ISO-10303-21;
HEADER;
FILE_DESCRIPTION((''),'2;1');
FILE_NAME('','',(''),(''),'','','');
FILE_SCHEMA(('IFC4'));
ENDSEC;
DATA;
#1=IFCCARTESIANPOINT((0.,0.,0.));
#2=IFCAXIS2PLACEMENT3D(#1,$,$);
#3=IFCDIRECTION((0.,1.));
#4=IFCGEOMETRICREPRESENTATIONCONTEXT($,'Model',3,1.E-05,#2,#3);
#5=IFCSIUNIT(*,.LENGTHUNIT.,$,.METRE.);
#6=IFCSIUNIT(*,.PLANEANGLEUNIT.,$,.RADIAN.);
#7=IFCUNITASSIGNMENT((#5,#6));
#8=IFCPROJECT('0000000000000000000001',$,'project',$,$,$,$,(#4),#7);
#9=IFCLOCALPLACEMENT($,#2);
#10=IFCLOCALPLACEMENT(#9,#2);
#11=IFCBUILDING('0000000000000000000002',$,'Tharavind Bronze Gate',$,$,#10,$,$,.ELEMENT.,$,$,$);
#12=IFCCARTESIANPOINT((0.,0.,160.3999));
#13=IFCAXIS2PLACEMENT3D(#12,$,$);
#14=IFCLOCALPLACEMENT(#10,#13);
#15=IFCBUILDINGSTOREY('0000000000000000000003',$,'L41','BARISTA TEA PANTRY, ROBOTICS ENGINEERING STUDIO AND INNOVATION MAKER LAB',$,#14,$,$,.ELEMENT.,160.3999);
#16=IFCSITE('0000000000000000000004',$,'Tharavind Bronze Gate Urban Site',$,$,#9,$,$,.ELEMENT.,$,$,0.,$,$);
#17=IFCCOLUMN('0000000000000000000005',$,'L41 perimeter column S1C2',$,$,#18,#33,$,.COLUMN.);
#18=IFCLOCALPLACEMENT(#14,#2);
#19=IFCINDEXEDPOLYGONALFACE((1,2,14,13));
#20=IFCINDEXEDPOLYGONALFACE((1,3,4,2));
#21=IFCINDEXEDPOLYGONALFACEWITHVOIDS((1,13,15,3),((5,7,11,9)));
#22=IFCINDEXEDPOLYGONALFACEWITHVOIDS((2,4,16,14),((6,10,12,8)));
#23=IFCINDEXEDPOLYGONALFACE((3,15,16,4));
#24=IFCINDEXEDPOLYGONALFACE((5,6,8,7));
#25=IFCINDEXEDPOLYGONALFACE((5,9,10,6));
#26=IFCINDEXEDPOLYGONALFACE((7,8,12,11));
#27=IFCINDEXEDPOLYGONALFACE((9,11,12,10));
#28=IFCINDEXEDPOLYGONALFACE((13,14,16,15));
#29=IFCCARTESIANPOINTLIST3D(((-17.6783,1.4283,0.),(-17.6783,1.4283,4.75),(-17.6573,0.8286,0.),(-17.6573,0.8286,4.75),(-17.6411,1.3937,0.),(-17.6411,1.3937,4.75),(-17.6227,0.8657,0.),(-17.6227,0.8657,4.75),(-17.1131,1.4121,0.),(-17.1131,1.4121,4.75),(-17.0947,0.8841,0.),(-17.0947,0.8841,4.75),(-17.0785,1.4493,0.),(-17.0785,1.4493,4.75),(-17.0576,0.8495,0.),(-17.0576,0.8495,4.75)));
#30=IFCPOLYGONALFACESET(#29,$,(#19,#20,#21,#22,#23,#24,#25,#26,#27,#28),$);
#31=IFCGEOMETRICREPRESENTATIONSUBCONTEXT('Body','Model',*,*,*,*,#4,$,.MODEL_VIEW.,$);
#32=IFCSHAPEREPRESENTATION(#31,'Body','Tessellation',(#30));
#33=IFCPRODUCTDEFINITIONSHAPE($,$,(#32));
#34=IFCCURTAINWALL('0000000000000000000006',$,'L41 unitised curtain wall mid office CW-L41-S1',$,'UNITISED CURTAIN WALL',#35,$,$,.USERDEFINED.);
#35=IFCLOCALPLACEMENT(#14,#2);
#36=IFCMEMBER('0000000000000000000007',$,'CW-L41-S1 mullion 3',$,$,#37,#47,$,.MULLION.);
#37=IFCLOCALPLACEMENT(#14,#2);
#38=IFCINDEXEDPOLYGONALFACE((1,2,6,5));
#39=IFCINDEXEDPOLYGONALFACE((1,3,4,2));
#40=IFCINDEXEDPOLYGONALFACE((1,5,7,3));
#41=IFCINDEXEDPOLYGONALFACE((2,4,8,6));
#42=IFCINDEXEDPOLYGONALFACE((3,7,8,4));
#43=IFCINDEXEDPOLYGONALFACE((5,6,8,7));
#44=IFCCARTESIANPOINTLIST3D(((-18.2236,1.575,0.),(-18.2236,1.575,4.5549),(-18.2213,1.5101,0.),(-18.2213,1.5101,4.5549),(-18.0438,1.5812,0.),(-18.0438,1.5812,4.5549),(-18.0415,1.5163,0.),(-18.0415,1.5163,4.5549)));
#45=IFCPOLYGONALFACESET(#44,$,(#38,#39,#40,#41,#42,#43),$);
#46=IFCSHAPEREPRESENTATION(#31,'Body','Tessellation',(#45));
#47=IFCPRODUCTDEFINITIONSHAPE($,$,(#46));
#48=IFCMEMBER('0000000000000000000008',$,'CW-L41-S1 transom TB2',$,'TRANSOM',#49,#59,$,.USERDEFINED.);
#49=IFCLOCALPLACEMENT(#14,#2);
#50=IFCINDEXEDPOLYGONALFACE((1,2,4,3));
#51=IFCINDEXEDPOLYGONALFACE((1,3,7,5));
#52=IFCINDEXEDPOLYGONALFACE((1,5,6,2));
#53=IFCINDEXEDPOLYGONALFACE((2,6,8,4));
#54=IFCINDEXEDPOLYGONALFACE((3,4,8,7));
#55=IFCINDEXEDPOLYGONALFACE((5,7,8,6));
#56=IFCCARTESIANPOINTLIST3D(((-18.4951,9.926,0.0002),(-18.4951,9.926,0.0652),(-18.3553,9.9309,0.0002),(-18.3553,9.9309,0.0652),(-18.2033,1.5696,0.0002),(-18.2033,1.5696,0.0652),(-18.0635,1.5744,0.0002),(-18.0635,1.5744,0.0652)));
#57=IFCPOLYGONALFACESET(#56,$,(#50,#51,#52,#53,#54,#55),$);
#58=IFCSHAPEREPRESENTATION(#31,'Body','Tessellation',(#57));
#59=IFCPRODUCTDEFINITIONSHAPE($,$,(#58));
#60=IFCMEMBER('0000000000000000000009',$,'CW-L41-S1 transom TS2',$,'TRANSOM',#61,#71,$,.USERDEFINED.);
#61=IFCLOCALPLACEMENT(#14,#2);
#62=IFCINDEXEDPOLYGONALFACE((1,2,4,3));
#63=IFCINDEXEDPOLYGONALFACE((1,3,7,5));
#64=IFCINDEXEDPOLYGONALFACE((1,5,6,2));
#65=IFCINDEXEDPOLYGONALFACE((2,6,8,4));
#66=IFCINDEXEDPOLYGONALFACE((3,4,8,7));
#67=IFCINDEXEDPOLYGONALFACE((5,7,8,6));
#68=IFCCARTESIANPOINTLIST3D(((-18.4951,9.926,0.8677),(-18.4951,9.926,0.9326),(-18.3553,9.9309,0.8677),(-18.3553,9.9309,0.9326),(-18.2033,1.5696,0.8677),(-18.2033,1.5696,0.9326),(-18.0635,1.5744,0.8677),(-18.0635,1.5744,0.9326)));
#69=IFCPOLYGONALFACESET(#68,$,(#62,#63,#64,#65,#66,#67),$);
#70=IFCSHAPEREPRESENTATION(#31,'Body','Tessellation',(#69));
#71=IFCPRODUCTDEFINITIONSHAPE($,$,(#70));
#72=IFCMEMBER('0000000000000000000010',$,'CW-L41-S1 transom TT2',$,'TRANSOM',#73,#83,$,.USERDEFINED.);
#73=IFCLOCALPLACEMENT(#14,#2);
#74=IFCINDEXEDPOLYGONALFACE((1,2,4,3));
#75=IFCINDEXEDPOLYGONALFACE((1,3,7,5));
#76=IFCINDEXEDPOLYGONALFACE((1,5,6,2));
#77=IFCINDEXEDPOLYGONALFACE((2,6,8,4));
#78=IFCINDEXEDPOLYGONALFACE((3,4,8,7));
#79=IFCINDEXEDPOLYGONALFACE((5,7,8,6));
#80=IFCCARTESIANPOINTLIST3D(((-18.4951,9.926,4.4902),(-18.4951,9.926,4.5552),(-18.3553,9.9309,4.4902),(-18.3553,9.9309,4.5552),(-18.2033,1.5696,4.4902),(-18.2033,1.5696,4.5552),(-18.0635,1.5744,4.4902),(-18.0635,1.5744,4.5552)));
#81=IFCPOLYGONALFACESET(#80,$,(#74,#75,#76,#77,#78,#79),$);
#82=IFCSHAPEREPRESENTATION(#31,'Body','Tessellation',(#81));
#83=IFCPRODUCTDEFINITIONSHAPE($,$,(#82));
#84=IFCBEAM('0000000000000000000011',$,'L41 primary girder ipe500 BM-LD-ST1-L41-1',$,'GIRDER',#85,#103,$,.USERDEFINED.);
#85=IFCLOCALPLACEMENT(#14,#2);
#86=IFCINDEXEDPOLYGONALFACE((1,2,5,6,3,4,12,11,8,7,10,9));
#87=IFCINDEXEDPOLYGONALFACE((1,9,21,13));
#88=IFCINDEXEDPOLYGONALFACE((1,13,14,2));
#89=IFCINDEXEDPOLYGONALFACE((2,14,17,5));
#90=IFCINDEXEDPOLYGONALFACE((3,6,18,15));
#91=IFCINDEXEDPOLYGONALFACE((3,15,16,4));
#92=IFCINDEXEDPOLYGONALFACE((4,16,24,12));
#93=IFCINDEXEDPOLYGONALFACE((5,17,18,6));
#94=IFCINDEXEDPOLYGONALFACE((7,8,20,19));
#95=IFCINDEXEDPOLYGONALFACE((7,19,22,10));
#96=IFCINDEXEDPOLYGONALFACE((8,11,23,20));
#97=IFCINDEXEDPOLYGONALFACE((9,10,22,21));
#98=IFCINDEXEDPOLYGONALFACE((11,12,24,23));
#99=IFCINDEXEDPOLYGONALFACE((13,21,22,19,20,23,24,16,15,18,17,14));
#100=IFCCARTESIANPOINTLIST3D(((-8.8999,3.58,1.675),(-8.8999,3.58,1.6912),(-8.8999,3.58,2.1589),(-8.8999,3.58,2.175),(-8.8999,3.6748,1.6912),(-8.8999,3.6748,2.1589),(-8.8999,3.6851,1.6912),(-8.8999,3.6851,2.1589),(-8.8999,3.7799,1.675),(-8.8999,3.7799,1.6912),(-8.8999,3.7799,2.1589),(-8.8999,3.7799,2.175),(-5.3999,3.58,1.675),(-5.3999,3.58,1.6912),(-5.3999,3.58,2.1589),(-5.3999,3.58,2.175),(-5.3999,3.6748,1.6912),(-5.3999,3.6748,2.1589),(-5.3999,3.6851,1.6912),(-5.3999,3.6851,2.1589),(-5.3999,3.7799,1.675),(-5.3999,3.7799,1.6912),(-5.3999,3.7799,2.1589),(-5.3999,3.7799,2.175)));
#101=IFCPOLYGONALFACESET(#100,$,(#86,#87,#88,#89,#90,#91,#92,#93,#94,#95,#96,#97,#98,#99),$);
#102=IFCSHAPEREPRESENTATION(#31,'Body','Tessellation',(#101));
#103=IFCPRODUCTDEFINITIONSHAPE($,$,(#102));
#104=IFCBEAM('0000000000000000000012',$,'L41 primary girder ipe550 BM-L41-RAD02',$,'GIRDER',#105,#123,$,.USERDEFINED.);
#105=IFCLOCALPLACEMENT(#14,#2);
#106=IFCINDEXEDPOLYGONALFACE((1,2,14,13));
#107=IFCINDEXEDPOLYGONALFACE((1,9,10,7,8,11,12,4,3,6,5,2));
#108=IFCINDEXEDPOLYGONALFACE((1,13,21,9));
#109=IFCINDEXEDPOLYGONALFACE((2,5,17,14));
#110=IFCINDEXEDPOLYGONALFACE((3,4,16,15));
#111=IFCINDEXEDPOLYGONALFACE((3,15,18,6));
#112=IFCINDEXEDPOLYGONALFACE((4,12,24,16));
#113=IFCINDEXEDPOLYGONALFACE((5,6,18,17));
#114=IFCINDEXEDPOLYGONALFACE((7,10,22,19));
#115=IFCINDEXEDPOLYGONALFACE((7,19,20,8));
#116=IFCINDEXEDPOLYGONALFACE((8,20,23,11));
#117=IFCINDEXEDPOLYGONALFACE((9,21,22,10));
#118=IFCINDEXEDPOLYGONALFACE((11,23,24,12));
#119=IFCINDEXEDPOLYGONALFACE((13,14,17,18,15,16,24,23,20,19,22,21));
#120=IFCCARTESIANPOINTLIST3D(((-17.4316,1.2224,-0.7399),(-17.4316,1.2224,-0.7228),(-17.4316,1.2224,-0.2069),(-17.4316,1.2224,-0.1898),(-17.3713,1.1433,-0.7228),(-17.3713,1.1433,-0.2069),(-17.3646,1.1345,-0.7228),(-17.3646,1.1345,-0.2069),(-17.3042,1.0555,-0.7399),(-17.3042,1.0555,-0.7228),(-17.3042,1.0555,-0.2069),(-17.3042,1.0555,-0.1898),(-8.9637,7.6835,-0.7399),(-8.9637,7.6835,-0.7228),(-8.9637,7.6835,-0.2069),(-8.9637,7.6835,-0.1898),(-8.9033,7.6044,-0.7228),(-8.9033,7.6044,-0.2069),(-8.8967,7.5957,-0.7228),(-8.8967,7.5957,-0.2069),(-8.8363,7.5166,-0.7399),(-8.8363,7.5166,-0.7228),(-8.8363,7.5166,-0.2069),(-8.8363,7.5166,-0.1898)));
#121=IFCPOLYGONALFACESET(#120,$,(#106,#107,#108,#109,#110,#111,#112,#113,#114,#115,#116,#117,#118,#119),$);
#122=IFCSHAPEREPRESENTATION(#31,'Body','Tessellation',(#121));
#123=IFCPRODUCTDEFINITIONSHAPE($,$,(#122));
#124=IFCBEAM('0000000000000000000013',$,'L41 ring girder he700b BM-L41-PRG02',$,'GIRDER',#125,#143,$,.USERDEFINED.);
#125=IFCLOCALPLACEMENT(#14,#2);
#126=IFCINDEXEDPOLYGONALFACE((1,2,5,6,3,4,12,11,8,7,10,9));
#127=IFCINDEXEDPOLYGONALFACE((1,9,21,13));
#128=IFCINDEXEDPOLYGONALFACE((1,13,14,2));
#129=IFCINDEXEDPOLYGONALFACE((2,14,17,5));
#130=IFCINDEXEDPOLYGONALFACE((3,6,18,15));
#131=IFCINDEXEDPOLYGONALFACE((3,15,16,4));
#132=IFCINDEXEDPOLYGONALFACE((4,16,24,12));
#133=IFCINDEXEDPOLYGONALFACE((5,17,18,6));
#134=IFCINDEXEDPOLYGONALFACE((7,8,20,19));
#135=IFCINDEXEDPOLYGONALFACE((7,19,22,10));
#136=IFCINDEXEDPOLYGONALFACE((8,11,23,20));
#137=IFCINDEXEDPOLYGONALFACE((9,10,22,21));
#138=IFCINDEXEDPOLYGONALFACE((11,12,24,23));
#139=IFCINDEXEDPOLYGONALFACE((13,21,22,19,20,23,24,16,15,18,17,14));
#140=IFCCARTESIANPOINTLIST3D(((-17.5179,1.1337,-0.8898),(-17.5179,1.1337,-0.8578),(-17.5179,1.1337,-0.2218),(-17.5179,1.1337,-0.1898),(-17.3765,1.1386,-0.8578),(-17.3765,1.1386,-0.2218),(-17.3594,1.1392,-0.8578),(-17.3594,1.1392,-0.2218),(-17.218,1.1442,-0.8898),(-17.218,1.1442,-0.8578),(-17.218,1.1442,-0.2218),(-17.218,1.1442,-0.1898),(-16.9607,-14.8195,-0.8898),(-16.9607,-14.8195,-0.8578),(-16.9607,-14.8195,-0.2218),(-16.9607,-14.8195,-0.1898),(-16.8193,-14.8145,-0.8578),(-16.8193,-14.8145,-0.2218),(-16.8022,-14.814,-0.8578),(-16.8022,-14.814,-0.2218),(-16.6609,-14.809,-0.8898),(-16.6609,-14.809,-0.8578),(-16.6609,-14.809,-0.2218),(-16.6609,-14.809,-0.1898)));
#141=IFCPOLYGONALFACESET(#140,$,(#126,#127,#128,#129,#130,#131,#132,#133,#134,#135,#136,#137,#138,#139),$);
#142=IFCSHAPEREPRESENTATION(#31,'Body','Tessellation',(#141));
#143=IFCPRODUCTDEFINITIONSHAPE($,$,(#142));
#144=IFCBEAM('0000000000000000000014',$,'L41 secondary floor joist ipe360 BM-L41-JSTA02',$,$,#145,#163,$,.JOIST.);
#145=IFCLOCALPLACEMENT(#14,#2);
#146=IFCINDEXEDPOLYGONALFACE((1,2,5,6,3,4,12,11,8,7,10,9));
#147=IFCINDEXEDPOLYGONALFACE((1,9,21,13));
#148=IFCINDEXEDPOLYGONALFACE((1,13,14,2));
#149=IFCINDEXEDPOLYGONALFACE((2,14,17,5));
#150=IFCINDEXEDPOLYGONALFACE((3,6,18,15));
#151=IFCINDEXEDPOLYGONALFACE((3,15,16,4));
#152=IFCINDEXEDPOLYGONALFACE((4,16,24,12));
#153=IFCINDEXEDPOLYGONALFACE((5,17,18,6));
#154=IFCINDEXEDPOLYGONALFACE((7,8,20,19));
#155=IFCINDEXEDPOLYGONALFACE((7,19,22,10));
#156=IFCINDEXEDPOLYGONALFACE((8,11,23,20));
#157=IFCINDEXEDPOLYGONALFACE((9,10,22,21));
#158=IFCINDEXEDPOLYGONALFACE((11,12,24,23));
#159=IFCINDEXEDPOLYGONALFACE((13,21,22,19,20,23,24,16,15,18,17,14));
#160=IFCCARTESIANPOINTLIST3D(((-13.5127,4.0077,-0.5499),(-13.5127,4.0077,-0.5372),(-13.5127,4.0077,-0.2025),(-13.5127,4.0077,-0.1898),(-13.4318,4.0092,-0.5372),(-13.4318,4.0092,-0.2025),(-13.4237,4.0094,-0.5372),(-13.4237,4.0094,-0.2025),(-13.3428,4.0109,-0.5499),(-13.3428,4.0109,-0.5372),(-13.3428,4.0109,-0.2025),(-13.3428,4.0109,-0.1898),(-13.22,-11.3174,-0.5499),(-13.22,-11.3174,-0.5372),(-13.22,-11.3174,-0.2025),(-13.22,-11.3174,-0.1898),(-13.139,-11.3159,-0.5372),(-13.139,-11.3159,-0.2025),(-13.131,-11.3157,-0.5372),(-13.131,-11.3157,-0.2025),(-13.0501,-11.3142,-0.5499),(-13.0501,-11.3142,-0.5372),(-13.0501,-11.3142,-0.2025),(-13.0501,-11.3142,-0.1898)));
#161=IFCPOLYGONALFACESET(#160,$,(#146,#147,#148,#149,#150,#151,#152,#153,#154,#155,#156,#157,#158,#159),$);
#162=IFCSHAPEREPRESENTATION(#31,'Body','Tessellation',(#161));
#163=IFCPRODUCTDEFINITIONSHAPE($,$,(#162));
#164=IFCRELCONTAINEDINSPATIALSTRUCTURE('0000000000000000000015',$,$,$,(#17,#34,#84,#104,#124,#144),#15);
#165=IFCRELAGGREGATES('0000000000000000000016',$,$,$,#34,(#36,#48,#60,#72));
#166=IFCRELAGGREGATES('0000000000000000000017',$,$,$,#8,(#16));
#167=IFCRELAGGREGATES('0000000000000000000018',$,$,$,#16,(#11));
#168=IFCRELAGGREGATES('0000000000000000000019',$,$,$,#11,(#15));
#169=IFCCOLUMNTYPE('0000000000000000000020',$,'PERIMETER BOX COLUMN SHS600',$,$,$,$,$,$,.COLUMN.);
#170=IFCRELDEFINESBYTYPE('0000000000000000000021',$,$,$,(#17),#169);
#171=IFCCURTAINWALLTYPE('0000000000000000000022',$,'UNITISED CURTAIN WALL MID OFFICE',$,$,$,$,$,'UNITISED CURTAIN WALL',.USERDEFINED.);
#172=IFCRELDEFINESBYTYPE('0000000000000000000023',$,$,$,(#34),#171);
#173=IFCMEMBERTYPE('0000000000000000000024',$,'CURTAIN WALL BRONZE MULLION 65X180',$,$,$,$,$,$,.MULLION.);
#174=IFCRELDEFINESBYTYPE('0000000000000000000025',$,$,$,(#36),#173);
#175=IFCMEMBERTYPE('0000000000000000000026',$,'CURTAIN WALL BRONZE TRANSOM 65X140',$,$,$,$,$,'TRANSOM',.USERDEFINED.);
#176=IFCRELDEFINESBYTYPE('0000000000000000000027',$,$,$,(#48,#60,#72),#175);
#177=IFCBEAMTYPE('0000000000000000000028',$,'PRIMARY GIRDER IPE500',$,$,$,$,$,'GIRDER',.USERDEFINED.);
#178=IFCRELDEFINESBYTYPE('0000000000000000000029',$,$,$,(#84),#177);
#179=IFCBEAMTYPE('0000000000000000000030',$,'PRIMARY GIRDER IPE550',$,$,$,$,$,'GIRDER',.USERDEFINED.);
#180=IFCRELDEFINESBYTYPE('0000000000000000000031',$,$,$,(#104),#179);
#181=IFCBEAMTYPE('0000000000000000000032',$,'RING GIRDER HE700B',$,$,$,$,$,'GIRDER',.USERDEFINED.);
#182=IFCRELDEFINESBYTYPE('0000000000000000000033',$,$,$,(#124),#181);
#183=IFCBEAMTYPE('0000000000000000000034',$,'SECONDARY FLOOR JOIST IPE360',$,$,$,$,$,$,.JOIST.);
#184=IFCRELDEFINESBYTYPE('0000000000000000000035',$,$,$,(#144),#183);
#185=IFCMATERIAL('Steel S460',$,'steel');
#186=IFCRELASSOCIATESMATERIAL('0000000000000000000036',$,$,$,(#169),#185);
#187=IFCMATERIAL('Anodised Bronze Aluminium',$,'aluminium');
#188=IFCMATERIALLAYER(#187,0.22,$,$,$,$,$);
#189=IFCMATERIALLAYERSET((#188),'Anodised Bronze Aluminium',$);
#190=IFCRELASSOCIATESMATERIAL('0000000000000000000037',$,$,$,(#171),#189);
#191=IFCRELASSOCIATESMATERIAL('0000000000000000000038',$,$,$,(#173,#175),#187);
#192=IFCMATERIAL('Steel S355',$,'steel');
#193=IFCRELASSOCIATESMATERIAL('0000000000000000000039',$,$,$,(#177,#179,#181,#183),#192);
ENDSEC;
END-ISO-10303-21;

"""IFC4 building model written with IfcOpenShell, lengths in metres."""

from ifc_helpers import new_model, si_unit, direction, frame, origin, origin_2d, place, context, subcontext, project, spatial, rectangle, hollow_rectangle, i_section, extrude, material, layer, layer_set, material_profile, profile_set, type_object, element, aggregate, save


model = new_model("IFC4")

# Units and contexts
model_context = context("Model", 3, precision=1e-05, world=origin(), true_north=direction((0.0, 1.0)))
body_context = subcontext(model_context, "Body", "Model", "MODEL_VIEW")
ifc_project = project(units=[si_unit("LENGTHUNIT", "METRE"), si_unit("PLANEANGLEUNIT", "RADIAN")], contexts=[model_context])

# Site, building, storey
site_placement = place(None, origin())
site = spatial("IfcSite", under=ifc_project, at=site_placement, Name="Tharavind Bronze Gate Urban Site", CompositionType="ELEMENT", RefElevation=0.0)
building_placement = place(site_placement, origin())
building = spatial("IfcBuilding", under=site, at=building_placement, Name="Tharavind Bronze Gate", CompositionType="ELEMENT")
storey_placement = place(building_placement, frame((0.0, 0.0, 160.3999)))
storey = spatial("IfcBuildingStorey", under=building, at=storey_placement, Name="L41", Description="BARISTA TEA PANTRY, ROBOTICS ENGINEERING STUDIO AND INNOVATION MAKER LAB", CompositionType="ELEMENT", Elevation=160.3999)

# Column
ifc_material_1 = material(Name="Steel S460", Category="steel")
ifc_material_profile_1 = material_profile(ifc_material_1, hollow_rectangle(XDim=0.6001, YDim=0.6001, WallThickness=0.0359, at=origin_2d()), Name="SHS600X36")
ifc_profile_set_1 = profile_set([ifc_material_profile_1], Name="Steel S460")
column_type = type_object("IfcColumnType", Name="PERIMETER BOX COLUMN SHS600", PredefinedType="COLUMN", material=ifc_profile_set_1)
column_placement = place(storey_placement, frame((-17.3679, 1.1389, 0.0), z_axis=(0.0, 0.0, 1.0), x_axis=(-0.034899, 0.999391, 0.0)))
element("IfcColumn", 1, at=column_placement, inside=storey, type_object=column_type, Name="L41 perimeter column S1C2", PredefinedType="COLUMN", context=body_context, shape_type="SweptSolid", body=[
    extrude(hollow_rectangle(XDim=0.6001, YDim=0.6001, WallThickness=0.0359, at=origin_2d()), origin(), (0.0, 0.0, 1.0), 4.75),
])

# Curtain wall, members
ifc_material_2 = material(Name="Anodised Bronze Aluminium", Category="aluminium")
ifc_layer_1 = layer(ifc_material_2, 0.22)
ifc_layer_set_1 = layer_set([ifc_layer_1], Name="Anodised Bronze Aluminium")
curtain_wall_type = type_object("IfcCurtainWallType", Name="UNITISED CURTAIN WALL MID OFFICE", ElementType="UNITISED CURTAIN WALL", PredefinedType="USERDEFINED", material=ifc_layer_set_1)
curtain_wall_placement = place(storey_placement, origin())
curtain_wall = element("IfcCurtainWall", 2, at=curtain_wall_placement, inside=storey, type_object=curtain_wall_type, Name="L41 unitised curtain wall mid office CW-L41-S1", ObjectType="UNITISED CURTAIN WALL", PredefinedType="USERDEFINED")
member_type_1 = type_object("IfcMemberType", Name="CURTAIN WALL BRONZE MULLION 65X180", PredefinedType="MULLION", material=ifc_material_2)
member_1_placement = place(storey_placement, frame((-18.1326, 1.5457, 0.0), z_axis=(0.0, 0.0, 1.0), x_axis=(0.034899, -0.999391, 0.0)))
member_1 = element("IfcMember", 3, at=member_1_placement, type_object=member_type_1, Name="CW-L41-S1 mullion 3", PredefinedType="MULLION", context=body_context, shape_type="SweptSolid", body=[
    extrude(rectangle(XDim=0.0649, YDim=0.1799, at=origin_2d()), origin(), (0.0, 0.0, 1.0), 4.5549),
])
member_type_2 = type_object("IfcMemberType", Name="CURTAIN WALL BRONZE TRANSOM 65X140", ElementType="TRANSOM", PredefinedType="USERDEFINED", material=ifc_material_2)
member_2_placement = place(storey_placement, frame((-18.2793, 5.7502, 0.0002), z_axis=(0.0, 0.0, 1.0), x_axis=(0.034899, -0.999391, 0.0)))
member_2 = element("IfcMember", 4, at=member_2_placement, type_object=member_type_2, Name="CW-L41-S1 transom TB2", ObjectType="TRANSOM", PredefinedType="USERDEFINED", context=body_context, shape_type="SweptSolid", body=[
    extrude(rectangle(XDim=8.3616, YDim=0.1399, at=origin_2d()), origin(), (0.0, 0.0, 1.0), 0.0649),
])
member_3_placement = place(storey_placement, frame((-18.2793, 5.7502, 0.8677), z_axis=(0.0, 0.0, 1.0), x_axis=(0.034899, -0.999391, 0.0)))
member_3 = element("IfcMember", 5, at=member_3_placement, type_object=member_type_2, Name="CW-L41-S1 transom TS2", ObjectType="TRANSOM", PredefinedType="USERDEFINED", context=body_context, shape_type="SweptSolid", body=[
    extrude(rectangle(XDim=8.3616, YDim=0.1399, at=origin_2d()), origin(), (0.0, 0.0, 1.0), 0.0649),
])
member_4_placement = place(storey_placement, frame((-18.2793, 5.7502, 4.4902), z_axis=(0.0, 0.0, 1.0), x_axis=(0.034899, -0.999391, 0.0)))
member_4 = element("IfcMember", 6, at=member_4_placement, type_object=member_type_2, Name="CW-L41-S1 transom TT2", ObjectType="TRANSOM", PredefinedType="USERDEFINED", context=body_context, shape_type="SweptSolid", body=[
    extrude(rectangle(XDim=8.3616, YDim=0.1399, at=origin_2d()), origin(), (0.0, 0.0, 1.0), 0.0649),
])

# Beams
ifc_material_3 = material(Name="Steel S355", Category="steel")
ifc_material_profile_2 = material_profile(ifc_material_3, i_section(OverallWidth=0.2, OverallDepth=0.5, WebThickness=0.0103, FlangeThickness=0.0161, at=origin_2d()), Name="IPE500")
ifc_profile_set_2 = profile_set([ifc_material_profile_2], Name="Steel S355")
beam_type_1 = type_object("IfcBeamType", Name="PRIMARY GIRDER IPE500", ElementType="GIRDER", PredefinedType="USERDEFINED", material=ifc_profile_set_2)
beam_1_placement = place(storey_placement, frame((-8.8999, 3.6799, 1.925), z_axis=(1.0, 0.0, 0.0), x_axis=(0.0, 1.0, 0.0)))
element("IfcBeam", 7, at=beam_1_placement, inside=storey, type_object=beam_type_1, Name="L41 primary girder ipe500 BM-LD-ST1-L41-1", ObjectType="GIRDER", PredefinedType="USERDEFINED", context=body_context, shape_type="SweptSolid", body=[
    extrude(i_section(OverallWidth=0.2, OverallDepth=0.5, WebThickness=0.0103, FlangeThickness=0.0161, at=origin_2d()), origin(), (0.0, 0.0, 1.0), 3.5),
])
ifc_material_profile_3 = material_profile(ifc_material_3, i_section(OverallWidth=0.21, OverallDepth=0.55, WebThickness=0.011, FlangeThickness=0.0171, at=origin_2d()), Name="IPE550")
ifc_profile_set_3 = profile_set([ifc_material_profile_3], Name="Steel S355")
beam_type_2 = type_object("IfcBeamType", Name="PRIMARY GIRDER IPE550", ElementType="GIRDER", PredefinedType="USERDEFINED", material=ifc_profile_set_3)
beam_2_placement = place(storey_placement, frame((-17.3679, 1.1389, -0.4648), z_axis=(0.795008, 0.606599, 0.0), x_axis=(-0.606599, 0.795008, 0.0)))
element("IfcBeam", 8, at=beam_2_placement, inside=storey, type_object=beam_type_2, Name="L41 primary girder ipe550 BM-L41-RAD02", ObjectType="GIRDER", PredefinedType="USERDEFINED", context=body_context, shape_type="SweptSolid", body=[
    extrude(i_section(OverallWidth=0.21, OverallDepth=0.55, WebThickness=0.011, FlangeThickness=0.0171, at=origin_2d()), origin(), (0.0, 0.0, 1.0), 10.6514),
])
ifc_material_profile_4 = material_profile(ifc_material_3, i_section(OverallWidth=0.3, OverallDepth=0.7, WebThickness=0.0171, FlangeThickness=0.032, at=origin_2d()), Name="HE700B")
ifc_profile_set_4 = profile_set([ifc_material_profile_4], Name="Steel S355")
beam_type_3 = type_object("IfcBeamType", Name="RING GIRDER HE700B", ElementType="GIRDER", PredefinedType="USERDEFINED", material=ifc_profile_set_4)
beam_3_placement = place(storey_placement, frame((-17.3679, 1.1389, -0.5398), z_axis=(0.034902, -0.999391, 0.0), x_axis=(0.999391, 0.034902, 0.0)))
element("IfcBeam", 9, at=beam_3_placement, inside=storey, type_object=beam_type_3, Name="L41 ring girder he700b BM-L41-PRG02", ObjectType="GIRDER", PredefinedType="USERDEFINED", context=body_context, shape_type="SweptSolid", body=[
    extrude(i_section(OverallWidth=0.3, OverallDepth=0.7, WebThickness=0.0171, FlangeThickness=0.032, at=origin_2d()), origin(), (0.0, 0.0, 1.0), 15.9629),
])
ifc_material_profile_5 = material_profile(ifc_material_3, i_section(OverallWidth=0.1699, OverallDepth=0.3601, WebThickness=0.0081, FlangeThickness=0.0127, at=origin_2d()), Name="IPE360")
ifc_profile_set_5 = profile_set([ifc_material_profile_5], Name="Steel S355")
beam_type_4 = type_object("IfcBeamType", Name="SECONDARY FLOOR JOIST IPE360", PredefinedType="JOIST", material=ifc_profile_set_5)
beam_4_placement = place(storey_placement, frame((-13.4277, 4.0093, -0.3699), z_axis=(0.019097, -0.999818, 0.0), x_axis=(0.999818, 0.019097, 0.0)))
element("IfcBeam", 10, at=beam_4_placement, inside=storey, type_object=beam_type_4, Name="L41 secondary floor joist ipe360 BM-L41-JSTA02", PredefinedType="JOIST", context=body_context, shape_type="SweptSolid", body=[
    extrude(i_section(OverallWidth=0.1699, OverallDepth=0.3601, WebThickness=0.0081, FlangeThickness=0.0127, at=origin_2d()), origin(), (0.0, 0.0, 1.0), 15.3279),
])

aggregate(curtain_wall, [member_1, member_2, member_3, member_4])

save(model, "model.ifc")
